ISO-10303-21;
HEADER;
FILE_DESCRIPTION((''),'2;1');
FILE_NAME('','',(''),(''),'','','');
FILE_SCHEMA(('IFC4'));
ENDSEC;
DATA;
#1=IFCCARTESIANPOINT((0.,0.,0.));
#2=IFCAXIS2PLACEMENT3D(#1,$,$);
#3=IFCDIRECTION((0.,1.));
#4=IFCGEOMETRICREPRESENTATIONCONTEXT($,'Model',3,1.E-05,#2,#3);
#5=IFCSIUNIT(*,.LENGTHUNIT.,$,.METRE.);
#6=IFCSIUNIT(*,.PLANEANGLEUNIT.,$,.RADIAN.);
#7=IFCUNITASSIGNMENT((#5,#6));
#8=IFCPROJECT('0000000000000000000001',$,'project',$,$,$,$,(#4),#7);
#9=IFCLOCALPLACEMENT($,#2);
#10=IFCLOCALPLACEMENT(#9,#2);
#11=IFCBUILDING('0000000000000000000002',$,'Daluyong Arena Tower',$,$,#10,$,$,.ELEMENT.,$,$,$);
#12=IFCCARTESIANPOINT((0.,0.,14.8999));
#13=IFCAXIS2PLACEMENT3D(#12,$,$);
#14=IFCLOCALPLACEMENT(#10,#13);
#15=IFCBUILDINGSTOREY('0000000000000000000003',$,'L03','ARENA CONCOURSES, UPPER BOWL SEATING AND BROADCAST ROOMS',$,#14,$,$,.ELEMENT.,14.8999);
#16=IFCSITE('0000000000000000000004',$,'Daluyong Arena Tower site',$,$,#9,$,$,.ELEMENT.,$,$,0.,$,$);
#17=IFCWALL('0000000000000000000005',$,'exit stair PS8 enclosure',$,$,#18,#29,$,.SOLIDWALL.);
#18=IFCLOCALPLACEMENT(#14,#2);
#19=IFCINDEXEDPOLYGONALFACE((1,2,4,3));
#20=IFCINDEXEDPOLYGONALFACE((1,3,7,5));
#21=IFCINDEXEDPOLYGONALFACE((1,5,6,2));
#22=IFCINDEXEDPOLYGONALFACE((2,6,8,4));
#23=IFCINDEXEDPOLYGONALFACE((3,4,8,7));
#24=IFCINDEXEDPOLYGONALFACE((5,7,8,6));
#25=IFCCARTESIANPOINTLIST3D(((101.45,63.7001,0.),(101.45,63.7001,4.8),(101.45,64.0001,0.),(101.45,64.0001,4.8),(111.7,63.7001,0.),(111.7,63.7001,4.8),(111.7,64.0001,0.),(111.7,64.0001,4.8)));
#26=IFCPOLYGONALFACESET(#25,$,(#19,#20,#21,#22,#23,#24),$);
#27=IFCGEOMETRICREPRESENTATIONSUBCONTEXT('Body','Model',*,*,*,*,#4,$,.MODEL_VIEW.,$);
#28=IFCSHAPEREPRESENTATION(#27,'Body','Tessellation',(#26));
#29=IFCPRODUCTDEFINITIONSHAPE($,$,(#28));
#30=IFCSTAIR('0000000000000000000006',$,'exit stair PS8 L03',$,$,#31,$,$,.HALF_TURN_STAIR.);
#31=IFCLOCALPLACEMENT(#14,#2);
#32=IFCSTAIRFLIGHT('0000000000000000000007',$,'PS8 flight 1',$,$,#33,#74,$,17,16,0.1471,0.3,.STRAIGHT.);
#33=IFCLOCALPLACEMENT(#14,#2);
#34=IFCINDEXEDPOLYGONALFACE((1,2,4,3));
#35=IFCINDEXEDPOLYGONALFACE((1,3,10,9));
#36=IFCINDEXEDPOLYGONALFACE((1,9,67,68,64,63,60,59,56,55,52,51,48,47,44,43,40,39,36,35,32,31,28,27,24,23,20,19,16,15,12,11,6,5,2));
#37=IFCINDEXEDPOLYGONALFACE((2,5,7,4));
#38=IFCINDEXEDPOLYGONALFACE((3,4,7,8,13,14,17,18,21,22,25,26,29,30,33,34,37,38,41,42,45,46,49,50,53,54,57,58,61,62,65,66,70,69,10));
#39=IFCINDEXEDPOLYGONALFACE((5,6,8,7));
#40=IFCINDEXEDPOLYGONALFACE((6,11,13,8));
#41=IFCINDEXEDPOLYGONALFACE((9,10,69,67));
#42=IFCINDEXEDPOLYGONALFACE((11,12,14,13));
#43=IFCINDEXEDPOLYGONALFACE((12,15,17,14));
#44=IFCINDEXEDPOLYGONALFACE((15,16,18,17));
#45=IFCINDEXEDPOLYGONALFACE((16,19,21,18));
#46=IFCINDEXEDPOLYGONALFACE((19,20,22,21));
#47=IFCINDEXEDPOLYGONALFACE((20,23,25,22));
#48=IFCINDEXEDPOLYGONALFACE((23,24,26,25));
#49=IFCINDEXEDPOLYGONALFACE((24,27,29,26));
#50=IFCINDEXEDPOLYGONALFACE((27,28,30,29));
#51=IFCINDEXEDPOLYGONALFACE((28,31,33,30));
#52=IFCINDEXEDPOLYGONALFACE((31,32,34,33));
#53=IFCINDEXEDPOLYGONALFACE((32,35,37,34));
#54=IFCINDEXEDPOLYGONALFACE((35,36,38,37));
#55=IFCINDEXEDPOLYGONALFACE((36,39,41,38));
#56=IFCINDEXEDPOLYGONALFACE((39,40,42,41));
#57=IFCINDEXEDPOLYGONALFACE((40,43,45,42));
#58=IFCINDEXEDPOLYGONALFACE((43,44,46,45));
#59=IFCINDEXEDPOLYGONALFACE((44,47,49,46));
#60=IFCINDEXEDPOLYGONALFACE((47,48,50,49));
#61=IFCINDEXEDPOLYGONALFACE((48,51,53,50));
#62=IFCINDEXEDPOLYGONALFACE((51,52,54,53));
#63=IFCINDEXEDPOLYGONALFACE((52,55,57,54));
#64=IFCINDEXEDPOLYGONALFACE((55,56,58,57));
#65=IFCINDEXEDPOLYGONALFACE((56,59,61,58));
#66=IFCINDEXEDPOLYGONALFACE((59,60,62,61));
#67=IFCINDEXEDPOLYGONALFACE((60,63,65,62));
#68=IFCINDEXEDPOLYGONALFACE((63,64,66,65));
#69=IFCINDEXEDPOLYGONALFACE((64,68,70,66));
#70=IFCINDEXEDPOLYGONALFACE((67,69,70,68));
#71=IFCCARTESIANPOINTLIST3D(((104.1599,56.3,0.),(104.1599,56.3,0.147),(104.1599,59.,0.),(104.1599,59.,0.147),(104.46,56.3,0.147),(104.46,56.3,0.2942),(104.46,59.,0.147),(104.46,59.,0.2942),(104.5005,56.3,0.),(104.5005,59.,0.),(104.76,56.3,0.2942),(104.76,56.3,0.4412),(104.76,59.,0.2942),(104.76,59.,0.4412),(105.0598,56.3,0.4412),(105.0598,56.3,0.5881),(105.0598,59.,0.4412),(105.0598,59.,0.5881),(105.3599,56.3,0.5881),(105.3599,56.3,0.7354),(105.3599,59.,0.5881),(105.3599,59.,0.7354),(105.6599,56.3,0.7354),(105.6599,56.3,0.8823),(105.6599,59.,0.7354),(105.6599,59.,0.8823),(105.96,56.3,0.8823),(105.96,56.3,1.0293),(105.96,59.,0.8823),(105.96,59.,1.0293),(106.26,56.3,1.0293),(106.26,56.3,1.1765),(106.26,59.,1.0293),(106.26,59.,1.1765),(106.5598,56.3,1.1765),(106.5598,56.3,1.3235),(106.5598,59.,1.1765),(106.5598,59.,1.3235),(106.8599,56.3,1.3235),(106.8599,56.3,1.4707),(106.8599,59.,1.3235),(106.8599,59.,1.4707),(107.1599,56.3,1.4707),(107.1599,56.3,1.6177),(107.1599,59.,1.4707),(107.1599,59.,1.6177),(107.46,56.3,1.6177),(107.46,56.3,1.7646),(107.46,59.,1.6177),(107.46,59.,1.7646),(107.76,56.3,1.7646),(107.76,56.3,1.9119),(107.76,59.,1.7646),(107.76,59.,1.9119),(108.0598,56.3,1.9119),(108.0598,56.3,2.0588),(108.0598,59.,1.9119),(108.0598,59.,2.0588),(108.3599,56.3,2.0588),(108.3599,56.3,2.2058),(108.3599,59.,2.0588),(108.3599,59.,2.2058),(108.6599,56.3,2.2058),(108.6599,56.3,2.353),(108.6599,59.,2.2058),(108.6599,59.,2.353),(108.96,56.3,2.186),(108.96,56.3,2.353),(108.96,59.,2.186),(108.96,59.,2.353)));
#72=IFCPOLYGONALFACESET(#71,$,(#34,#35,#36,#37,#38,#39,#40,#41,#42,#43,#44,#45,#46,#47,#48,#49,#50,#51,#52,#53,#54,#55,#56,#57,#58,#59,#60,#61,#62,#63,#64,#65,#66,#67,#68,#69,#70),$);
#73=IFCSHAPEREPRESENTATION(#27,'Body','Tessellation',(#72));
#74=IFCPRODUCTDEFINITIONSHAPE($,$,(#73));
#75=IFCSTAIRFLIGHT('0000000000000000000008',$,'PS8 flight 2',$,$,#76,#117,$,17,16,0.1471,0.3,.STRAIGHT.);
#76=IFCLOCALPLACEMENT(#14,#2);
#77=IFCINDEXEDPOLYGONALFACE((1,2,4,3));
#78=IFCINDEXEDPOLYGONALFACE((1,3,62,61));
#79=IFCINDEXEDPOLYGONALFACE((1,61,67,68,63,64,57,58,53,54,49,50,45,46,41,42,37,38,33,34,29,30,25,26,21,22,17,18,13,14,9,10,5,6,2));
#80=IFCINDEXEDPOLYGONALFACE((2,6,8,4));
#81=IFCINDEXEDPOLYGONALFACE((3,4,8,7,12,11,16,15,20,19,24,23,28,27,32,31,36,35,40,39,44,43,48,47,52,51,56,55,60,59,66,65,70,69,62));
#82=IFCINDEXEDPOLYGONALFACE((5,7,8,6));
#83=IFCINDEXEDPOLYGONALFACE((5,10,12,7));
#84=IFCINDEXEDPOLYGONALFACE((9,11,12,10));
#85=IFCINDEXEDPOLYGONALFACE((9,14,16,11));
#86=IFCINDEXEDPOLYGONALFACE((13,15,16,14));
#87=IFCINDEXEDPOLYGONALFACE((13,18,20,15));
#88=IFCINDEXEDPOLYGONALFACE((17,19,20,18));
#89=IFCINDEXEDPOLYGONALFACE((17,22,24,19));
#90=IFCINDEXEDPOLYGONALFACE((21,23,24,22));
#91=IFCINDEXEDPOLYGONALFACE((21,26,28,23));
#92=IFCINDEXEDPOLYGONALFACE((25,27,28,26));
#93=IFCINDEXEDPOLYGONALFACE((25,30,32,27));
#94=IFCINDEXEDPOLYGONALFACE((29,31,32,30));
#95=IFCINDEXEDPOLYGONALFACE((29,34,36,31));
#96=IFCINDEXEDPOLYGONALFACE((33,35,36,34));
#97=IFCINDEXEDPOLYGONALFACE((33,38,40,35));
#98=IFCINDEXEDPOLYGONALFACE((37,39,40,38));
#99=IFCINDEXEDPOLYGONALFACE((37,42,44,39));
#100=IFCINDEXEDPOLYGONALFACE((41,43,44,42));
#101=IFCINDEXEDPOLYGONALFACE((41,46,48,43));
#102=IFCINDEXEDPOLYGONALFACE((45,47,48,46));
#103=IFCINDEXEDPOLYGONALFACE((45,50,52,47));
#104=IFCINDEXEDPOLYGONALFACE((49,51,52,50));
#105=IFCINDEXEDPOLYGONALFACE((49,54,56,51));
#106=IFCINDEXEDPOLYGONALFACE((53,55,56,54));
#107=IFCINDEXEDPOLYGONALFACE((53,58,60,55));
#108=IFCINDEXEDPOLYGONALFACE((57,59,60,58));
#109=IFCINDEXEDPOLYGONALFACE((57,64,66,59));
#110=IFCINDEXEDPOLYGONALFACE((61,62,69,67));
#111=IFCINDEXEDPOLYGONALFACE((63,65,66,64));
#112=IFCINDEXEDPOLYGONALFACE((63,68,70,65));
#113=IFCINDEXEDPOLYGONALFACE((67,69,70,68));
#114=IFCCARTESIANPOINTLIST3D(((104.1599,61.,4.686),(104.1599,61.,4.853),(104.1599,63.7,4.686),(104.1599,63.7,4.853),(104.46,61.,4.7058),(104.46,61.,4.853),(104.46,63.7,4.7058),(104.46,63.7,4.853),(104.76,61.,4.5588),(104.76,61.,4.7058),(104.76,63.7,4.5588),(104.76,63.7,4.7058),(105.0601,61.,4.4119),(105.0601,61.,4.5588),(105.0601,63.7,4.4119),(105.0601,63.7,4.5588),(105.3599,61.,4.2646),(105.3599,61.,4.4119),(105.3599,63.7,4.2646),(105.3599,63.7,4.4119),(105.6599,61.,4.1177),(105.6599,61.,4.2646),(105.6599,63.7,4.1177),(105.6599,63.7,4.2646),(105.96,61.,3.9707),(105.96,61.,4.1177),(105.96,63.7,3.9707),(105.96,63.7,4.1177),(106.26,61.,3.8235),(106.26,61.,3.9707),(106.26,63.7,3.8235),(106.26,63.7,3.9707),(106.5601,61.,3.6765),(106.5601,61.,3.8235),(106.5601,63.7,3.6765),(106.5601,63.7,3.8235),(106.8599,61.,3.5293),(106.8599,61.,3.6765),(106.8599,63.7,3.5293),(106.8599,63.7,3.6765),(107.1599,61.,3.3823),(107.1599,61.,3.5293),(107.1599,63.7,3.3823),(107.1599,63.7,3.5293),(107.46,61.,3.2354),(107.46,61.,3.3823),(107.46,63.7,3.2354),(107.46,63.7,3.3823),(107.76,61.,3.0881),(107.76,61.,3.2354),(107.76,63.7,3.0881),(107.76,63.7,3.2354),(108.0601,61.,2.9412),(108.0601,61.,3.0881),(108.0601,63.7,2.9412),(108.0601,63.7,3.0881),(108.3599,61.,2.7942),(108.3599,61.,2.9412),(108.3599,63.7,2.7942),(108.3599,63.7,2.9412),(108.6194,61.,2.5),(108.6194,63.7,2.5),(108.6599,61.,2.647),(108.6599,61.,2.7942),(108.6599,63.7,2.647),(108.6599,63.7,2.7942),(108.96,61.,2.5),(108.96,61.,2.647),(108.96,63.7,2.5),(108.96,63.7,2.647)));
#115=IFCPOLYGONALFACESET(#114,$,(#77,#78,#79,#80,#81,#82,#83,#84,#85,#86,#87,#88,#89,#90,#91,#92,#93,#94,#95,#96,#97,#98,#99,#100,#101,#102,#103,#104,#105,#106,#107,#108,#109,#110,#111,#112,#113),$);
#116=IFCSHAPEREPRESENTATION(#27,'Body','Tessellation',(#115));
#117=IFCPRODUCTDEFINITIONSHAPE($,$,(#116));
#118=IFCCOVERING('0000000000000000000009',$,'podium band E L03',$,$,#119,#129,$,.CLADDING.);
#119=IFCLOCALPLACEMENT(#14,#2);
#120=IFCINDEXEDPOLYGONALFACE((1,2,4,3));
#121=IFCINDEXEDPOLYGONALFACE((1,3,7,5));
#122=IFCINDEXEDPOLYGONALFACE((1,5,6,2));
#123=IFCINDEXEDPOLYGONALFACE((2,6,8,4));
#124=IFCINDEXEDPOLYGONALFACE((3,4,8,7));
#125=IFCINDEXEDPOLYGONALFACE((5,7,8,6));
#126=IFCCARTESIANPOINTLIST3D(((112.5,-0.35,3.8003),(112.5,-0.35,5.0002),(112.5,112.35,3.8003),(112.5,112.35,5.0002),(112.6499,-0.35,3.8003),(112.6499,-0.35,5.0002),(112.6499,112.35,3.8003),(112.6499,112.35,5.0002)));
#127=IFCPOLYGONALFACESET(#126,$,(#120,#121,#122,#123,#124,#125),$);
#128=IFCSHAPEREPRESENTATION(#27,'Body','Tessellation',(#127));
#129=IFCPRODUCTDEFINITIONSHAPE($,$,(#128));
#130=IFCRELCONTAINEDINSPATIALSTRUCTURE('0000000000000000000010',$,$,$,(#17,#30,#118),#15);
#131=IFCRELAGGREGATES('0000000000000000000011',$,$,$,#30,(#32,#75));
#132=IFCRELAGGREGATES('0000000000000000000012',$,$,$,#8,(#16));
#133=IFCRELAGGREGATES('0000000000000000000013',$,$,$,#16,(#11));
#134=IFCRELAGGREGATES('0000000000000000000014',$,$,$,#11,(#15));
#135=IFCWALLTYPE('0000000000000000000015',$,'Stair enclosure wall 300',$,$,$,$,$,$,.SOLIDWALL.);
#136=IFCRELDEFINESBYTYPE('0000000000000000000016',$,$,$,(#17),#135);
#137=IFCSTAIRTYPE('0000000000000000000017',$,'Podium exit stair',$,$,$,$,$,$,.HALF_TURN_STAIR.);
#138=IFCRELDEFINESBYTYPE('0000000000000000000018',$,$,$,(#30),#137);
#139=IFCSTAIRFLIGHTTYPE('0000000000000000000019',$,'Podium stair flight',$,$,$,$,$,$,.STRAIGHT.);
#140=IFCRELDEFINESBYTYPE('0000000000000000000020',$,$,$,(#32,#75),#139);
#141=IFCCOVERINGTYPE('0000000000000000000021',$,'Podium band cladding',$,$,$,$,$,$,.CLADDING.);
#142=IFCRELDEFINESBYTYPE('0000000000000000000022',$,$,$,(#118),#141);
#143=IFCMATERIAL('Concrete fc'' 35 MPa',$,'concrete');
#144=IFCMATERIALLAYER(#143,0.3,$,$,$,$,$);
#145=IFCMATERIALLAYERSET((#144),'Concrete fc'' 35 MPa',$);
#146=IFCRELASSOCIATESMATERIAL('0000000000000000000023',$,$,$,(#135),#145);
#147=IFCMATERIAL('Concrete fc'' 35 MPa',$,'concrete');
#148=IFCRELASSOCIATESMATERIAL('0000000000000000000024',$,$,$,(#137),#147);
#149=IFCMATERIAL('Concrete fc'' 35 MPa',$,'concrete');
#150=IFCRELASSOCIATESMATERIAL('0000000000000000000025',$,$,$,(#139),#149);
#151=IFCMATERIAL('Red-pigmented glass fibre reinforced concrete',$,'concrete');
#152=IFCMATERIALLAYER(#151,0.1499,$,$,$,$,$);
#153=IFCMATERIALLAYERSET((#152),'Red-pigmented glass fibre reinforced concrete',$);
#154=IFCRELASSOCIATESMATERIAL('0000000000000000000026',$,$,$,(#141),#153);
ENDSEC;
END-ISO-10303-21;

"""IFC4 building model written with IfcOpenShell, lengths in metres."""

from ifc_helpers import new_model, si_unit, direction, frame, frame_2d, origin, origin_2d, place, context, subcontext, project, spatial, polyline, rectangle, outline, extrude, material, layer, layer_set, type_object, element, aggregate, save


model = new_model("IFC4")

# Units and contexts
model_context = context("Model", 3, precision=1e-05, world=origin(), true_north=direction((0.0, 1.0)))
body_context = subcontext(model_context, "Body", "Model", "MODEL_VIEW")
ifc_project = project(units=[si_unit("LENGTHUNIT", "METRE"), si_unit("PLANEANGLEUNIT", "RADIAN")], contexts=[model_context])

# Site, building, storey
site_placement = place(None, origin())
site = spatial("IfcSite", under=ifc_project, at=site_placement, Name="Daluyong Arena Tower site", CompositionType="ELEMENT", RefElevation=0.0)
building_placement = place(site_placement, origin())
building = spatial("IfcBuilding", under=site, at=building_placement, Name="Daluyong Arena Tower", CompositionType="ELEMENT")
storey_placement = place(building_placement, frame((0.0, 0.0, 14.8999)))
storey = spatial("IfcBuildingStorey", under=building, at=storey_placement, Name="L03", Description="ARENA CONCOURSES, UPPER BOWL SEATING AND BROADCAST ROOMS", CompositionType="ELEMENT", Elevation=14.8999)

# Wall
ifc_material_1 = material(Name="Concrete fc' 35 MPa", Category="concrete")
ifc_layer_1 = layer(ifc_material_1, 0.3)
ifc_layer_set_1 = layer_set([ifc_layer_1], Name="Concrete fc' 35 MPa")
wall_type = type_object("IfcWallType", Name="Stair enclosure wall 300", PredefinedType="SOLIDWALL", material=ifc_layer_set_1)
for number, where, z_axis, x_axis, name in (
    (1, (101.45, 63.8501, 0.0), (0.0, 0.0, 1.0), (1.0, 0.0, 0.0), "exit stair PS8 enclosure"),
):
    element("IfcWall", number, at=place(storey_placement, frame(where, z_axis=z_axis, x_axis=x_axis)), inside=storey, type_object=wall_type, Name=name, PredefinedType="SOLIDWALL", context=body_context, shape_type="SweptSolid", body=[
        extrude(rectangle(XDim=10.25, YDim=0.3, at=frame_2d((5.125, 0.0))), origin(), (0.0, 0.0, 1.0), 4.8),
    ])

# Stair, stair flights
ifc_material_2 = material(Name="Concrete fc' 35 MPa", Category="concrete")
stair_type = type_object("IfcStairType", Name="Podium exit stair", PredefinedType="HALF_TURN_STAIR", material=ifc_material_2)
stair_placement = place(storey_placement, origin())
stair = element("IfcStair", 2, at=stair_placement, inside=storey, type_object=stair_type, Name="exit stair PS8 L03", PredefinedType="HALF_TURN_STAIR")
ifc_material_3 = material(Name="Concrete fc' 35 MPa", Category="concrete")
stair_flight_type = type_object("IfcStairFlightType", Name="Podium stair flight", PredefinedType="STRAIGHT", material=ifc_material_3)
stair_flight_1_placement = place(storey_placement, frame((104.1599, 57.6499, 0.0), z_axis=(0.0, 0.0, 1.0), x_axis=(1.0, 0.0, 0.0)))
stair_flight_1 = element("IfcStairFlight", 3, at=stair_flight_1_placement, type_object=stair_flight_type, Name="PS8 flight 1", NumberOfRisers=17, NumberOfTreads=16, PredefinedType="STRAIGHT", RiserHeight=0.1471, TreadLength=0.3, context=body_context, shape_type="SweptSolid", body=[
    extrude(outline(polyline([(0.0, 0.0), (0.0, 0.147), (0.3, 0.147), (0.3, 0.2942), (0.6001, 0.2942), (0.6001, 0.4412), (0.8999, 0.4412), (0.8999, 0.5881), (1.2, 0.5881), (1.2, 0.7354), (1.5, 0.7354), (1.5, 0.8823), (1.8, 0.8823), (1.8, 1.0293), (2.1001, 1.0293), (2.1001, 1.1765), (2.3999, 1.1765), (2.3999, 1.3235), (2.7, 1.3235), (2.7, 1.4707), (3.0, 1.4707), (3.0, 1.6177), (3.3, 1.6177), (3.3, 1.7646), (3.6001, 1.7646), (3.6001, 1.9119), (3.8999, 1.9119), (3.8999, 2.0588), (4.2, 2.0588), (4.2, 2.2058), (4.5, 2.2058), (4.5, 2.353), (4.8, 2.353), (4.8, 2.5), (4.8, 2.186), (0.3406, 0.0), (0.0, 0.0)])), frame((0.0, 1.3501, 0.0), z_axis=(0.0, -1.0, 0.0), x_axis=(1.0, 0.0, 0.0)), (0.0, 0.0, 1.0), 2.7),
])
stair_flight_2_placement = place(storey_placement, frame((108.96, 62.3501, 2.5), z_axis=(0.0, 0.0, 1.0), x_axis=(-1.0, 0.0, 0.0)))
stair_flight_2 = element("IfcStairFlight", 4, at=stair_flight_2_placement, type_object=stair_flight_type, Name="PS8 flight 2", NumberOfRisers=17, NumberOfTreads=16, PredefinedType="STRAIGHT", RiserHeight=0.1471, TreadLength=0.3, context=body_context, shape_type="SweptSolid", body=[
    extrude(outline(polyline([(0.0, 0.0), (0.0, 0.147), (0.3, 0.147), (0.3, 0.2942), (0.6001, 0.2942), (0.6001, 0.4412), (0.8999, 0.4412), (0.8999, 0.5881), (1.2, 0.5881), (1.2, 0.7354), (1.5, 0.7354), (1.5, 0.8823), (1.8, 0.8823), (1.8, 1.0293), (2.1001, 1.0293), (2.1001, 1.1765), (2.3999, 1.1765), (2.3999, 1.3235), (2.7, 1.3235), (2.7, 1.4707), (3.0, 1.4707), (3.0, 1.6177), (3.3, 1.6177), (3.3, 1.7646), (3.6001, 1.7646), (3.6001, 1.9119), (3.8999, 1.9119), (3.8999, 2.0588), (4.2, 2.0588), (4.2, 2.2058), (4.5, 2.2058), (4.5, 2.353), (4.8, 2.353), (4.8, 2.5), (4.8, 2.186), (0.3406, 0.0), (0.0, 0.0)])), frame((0.0, 1.3501, 0.0), z_axis=(0.0, -1.0, 0.0), x_axis=(1.0, 0.0, 0.0)), (0.0, 0.0, 1.0), 2.7),
])
aggregate(stair, [stair_flight_1, stair_flight_2])

# Covering
ifc_material_4 = material(Name="Red-pigmented glass fibre reinforced concrete", Category="concrete")
ifc_layer_2 = layer(ifc_material_4, 0.1499)
ifc_layer_set_2 = layer_set([ifc_layer_2], Name="Red-pigmented glass fibre reinforced concrete")
covering_type = type_object("IfcCoveringType", Name="Podium band cladding", PredefinedType="CLADDING", material=ifc_layer_set_2)
covering_placement = place(storey_placement, frame((112.575, 56.0, 3.8003), z_axis=(0.0, 0.0, 1.0), x_axis=(0.0, 1.0, 0.0)))
element("IfcCovering", 5, at=covering_placement, inside=storey, type_object=covering_type, Name="podium band E L03", PredefinedType="CLADDING", context=body_context, shape_type="SweptSolid", body=[
    extrude(rectangle(XDim=112.7, YDim=0.1499, at=origin_2d()), origin(), (0.0, 0.0, 1.0), 1.2),
])

save(model, "model.ifc")
